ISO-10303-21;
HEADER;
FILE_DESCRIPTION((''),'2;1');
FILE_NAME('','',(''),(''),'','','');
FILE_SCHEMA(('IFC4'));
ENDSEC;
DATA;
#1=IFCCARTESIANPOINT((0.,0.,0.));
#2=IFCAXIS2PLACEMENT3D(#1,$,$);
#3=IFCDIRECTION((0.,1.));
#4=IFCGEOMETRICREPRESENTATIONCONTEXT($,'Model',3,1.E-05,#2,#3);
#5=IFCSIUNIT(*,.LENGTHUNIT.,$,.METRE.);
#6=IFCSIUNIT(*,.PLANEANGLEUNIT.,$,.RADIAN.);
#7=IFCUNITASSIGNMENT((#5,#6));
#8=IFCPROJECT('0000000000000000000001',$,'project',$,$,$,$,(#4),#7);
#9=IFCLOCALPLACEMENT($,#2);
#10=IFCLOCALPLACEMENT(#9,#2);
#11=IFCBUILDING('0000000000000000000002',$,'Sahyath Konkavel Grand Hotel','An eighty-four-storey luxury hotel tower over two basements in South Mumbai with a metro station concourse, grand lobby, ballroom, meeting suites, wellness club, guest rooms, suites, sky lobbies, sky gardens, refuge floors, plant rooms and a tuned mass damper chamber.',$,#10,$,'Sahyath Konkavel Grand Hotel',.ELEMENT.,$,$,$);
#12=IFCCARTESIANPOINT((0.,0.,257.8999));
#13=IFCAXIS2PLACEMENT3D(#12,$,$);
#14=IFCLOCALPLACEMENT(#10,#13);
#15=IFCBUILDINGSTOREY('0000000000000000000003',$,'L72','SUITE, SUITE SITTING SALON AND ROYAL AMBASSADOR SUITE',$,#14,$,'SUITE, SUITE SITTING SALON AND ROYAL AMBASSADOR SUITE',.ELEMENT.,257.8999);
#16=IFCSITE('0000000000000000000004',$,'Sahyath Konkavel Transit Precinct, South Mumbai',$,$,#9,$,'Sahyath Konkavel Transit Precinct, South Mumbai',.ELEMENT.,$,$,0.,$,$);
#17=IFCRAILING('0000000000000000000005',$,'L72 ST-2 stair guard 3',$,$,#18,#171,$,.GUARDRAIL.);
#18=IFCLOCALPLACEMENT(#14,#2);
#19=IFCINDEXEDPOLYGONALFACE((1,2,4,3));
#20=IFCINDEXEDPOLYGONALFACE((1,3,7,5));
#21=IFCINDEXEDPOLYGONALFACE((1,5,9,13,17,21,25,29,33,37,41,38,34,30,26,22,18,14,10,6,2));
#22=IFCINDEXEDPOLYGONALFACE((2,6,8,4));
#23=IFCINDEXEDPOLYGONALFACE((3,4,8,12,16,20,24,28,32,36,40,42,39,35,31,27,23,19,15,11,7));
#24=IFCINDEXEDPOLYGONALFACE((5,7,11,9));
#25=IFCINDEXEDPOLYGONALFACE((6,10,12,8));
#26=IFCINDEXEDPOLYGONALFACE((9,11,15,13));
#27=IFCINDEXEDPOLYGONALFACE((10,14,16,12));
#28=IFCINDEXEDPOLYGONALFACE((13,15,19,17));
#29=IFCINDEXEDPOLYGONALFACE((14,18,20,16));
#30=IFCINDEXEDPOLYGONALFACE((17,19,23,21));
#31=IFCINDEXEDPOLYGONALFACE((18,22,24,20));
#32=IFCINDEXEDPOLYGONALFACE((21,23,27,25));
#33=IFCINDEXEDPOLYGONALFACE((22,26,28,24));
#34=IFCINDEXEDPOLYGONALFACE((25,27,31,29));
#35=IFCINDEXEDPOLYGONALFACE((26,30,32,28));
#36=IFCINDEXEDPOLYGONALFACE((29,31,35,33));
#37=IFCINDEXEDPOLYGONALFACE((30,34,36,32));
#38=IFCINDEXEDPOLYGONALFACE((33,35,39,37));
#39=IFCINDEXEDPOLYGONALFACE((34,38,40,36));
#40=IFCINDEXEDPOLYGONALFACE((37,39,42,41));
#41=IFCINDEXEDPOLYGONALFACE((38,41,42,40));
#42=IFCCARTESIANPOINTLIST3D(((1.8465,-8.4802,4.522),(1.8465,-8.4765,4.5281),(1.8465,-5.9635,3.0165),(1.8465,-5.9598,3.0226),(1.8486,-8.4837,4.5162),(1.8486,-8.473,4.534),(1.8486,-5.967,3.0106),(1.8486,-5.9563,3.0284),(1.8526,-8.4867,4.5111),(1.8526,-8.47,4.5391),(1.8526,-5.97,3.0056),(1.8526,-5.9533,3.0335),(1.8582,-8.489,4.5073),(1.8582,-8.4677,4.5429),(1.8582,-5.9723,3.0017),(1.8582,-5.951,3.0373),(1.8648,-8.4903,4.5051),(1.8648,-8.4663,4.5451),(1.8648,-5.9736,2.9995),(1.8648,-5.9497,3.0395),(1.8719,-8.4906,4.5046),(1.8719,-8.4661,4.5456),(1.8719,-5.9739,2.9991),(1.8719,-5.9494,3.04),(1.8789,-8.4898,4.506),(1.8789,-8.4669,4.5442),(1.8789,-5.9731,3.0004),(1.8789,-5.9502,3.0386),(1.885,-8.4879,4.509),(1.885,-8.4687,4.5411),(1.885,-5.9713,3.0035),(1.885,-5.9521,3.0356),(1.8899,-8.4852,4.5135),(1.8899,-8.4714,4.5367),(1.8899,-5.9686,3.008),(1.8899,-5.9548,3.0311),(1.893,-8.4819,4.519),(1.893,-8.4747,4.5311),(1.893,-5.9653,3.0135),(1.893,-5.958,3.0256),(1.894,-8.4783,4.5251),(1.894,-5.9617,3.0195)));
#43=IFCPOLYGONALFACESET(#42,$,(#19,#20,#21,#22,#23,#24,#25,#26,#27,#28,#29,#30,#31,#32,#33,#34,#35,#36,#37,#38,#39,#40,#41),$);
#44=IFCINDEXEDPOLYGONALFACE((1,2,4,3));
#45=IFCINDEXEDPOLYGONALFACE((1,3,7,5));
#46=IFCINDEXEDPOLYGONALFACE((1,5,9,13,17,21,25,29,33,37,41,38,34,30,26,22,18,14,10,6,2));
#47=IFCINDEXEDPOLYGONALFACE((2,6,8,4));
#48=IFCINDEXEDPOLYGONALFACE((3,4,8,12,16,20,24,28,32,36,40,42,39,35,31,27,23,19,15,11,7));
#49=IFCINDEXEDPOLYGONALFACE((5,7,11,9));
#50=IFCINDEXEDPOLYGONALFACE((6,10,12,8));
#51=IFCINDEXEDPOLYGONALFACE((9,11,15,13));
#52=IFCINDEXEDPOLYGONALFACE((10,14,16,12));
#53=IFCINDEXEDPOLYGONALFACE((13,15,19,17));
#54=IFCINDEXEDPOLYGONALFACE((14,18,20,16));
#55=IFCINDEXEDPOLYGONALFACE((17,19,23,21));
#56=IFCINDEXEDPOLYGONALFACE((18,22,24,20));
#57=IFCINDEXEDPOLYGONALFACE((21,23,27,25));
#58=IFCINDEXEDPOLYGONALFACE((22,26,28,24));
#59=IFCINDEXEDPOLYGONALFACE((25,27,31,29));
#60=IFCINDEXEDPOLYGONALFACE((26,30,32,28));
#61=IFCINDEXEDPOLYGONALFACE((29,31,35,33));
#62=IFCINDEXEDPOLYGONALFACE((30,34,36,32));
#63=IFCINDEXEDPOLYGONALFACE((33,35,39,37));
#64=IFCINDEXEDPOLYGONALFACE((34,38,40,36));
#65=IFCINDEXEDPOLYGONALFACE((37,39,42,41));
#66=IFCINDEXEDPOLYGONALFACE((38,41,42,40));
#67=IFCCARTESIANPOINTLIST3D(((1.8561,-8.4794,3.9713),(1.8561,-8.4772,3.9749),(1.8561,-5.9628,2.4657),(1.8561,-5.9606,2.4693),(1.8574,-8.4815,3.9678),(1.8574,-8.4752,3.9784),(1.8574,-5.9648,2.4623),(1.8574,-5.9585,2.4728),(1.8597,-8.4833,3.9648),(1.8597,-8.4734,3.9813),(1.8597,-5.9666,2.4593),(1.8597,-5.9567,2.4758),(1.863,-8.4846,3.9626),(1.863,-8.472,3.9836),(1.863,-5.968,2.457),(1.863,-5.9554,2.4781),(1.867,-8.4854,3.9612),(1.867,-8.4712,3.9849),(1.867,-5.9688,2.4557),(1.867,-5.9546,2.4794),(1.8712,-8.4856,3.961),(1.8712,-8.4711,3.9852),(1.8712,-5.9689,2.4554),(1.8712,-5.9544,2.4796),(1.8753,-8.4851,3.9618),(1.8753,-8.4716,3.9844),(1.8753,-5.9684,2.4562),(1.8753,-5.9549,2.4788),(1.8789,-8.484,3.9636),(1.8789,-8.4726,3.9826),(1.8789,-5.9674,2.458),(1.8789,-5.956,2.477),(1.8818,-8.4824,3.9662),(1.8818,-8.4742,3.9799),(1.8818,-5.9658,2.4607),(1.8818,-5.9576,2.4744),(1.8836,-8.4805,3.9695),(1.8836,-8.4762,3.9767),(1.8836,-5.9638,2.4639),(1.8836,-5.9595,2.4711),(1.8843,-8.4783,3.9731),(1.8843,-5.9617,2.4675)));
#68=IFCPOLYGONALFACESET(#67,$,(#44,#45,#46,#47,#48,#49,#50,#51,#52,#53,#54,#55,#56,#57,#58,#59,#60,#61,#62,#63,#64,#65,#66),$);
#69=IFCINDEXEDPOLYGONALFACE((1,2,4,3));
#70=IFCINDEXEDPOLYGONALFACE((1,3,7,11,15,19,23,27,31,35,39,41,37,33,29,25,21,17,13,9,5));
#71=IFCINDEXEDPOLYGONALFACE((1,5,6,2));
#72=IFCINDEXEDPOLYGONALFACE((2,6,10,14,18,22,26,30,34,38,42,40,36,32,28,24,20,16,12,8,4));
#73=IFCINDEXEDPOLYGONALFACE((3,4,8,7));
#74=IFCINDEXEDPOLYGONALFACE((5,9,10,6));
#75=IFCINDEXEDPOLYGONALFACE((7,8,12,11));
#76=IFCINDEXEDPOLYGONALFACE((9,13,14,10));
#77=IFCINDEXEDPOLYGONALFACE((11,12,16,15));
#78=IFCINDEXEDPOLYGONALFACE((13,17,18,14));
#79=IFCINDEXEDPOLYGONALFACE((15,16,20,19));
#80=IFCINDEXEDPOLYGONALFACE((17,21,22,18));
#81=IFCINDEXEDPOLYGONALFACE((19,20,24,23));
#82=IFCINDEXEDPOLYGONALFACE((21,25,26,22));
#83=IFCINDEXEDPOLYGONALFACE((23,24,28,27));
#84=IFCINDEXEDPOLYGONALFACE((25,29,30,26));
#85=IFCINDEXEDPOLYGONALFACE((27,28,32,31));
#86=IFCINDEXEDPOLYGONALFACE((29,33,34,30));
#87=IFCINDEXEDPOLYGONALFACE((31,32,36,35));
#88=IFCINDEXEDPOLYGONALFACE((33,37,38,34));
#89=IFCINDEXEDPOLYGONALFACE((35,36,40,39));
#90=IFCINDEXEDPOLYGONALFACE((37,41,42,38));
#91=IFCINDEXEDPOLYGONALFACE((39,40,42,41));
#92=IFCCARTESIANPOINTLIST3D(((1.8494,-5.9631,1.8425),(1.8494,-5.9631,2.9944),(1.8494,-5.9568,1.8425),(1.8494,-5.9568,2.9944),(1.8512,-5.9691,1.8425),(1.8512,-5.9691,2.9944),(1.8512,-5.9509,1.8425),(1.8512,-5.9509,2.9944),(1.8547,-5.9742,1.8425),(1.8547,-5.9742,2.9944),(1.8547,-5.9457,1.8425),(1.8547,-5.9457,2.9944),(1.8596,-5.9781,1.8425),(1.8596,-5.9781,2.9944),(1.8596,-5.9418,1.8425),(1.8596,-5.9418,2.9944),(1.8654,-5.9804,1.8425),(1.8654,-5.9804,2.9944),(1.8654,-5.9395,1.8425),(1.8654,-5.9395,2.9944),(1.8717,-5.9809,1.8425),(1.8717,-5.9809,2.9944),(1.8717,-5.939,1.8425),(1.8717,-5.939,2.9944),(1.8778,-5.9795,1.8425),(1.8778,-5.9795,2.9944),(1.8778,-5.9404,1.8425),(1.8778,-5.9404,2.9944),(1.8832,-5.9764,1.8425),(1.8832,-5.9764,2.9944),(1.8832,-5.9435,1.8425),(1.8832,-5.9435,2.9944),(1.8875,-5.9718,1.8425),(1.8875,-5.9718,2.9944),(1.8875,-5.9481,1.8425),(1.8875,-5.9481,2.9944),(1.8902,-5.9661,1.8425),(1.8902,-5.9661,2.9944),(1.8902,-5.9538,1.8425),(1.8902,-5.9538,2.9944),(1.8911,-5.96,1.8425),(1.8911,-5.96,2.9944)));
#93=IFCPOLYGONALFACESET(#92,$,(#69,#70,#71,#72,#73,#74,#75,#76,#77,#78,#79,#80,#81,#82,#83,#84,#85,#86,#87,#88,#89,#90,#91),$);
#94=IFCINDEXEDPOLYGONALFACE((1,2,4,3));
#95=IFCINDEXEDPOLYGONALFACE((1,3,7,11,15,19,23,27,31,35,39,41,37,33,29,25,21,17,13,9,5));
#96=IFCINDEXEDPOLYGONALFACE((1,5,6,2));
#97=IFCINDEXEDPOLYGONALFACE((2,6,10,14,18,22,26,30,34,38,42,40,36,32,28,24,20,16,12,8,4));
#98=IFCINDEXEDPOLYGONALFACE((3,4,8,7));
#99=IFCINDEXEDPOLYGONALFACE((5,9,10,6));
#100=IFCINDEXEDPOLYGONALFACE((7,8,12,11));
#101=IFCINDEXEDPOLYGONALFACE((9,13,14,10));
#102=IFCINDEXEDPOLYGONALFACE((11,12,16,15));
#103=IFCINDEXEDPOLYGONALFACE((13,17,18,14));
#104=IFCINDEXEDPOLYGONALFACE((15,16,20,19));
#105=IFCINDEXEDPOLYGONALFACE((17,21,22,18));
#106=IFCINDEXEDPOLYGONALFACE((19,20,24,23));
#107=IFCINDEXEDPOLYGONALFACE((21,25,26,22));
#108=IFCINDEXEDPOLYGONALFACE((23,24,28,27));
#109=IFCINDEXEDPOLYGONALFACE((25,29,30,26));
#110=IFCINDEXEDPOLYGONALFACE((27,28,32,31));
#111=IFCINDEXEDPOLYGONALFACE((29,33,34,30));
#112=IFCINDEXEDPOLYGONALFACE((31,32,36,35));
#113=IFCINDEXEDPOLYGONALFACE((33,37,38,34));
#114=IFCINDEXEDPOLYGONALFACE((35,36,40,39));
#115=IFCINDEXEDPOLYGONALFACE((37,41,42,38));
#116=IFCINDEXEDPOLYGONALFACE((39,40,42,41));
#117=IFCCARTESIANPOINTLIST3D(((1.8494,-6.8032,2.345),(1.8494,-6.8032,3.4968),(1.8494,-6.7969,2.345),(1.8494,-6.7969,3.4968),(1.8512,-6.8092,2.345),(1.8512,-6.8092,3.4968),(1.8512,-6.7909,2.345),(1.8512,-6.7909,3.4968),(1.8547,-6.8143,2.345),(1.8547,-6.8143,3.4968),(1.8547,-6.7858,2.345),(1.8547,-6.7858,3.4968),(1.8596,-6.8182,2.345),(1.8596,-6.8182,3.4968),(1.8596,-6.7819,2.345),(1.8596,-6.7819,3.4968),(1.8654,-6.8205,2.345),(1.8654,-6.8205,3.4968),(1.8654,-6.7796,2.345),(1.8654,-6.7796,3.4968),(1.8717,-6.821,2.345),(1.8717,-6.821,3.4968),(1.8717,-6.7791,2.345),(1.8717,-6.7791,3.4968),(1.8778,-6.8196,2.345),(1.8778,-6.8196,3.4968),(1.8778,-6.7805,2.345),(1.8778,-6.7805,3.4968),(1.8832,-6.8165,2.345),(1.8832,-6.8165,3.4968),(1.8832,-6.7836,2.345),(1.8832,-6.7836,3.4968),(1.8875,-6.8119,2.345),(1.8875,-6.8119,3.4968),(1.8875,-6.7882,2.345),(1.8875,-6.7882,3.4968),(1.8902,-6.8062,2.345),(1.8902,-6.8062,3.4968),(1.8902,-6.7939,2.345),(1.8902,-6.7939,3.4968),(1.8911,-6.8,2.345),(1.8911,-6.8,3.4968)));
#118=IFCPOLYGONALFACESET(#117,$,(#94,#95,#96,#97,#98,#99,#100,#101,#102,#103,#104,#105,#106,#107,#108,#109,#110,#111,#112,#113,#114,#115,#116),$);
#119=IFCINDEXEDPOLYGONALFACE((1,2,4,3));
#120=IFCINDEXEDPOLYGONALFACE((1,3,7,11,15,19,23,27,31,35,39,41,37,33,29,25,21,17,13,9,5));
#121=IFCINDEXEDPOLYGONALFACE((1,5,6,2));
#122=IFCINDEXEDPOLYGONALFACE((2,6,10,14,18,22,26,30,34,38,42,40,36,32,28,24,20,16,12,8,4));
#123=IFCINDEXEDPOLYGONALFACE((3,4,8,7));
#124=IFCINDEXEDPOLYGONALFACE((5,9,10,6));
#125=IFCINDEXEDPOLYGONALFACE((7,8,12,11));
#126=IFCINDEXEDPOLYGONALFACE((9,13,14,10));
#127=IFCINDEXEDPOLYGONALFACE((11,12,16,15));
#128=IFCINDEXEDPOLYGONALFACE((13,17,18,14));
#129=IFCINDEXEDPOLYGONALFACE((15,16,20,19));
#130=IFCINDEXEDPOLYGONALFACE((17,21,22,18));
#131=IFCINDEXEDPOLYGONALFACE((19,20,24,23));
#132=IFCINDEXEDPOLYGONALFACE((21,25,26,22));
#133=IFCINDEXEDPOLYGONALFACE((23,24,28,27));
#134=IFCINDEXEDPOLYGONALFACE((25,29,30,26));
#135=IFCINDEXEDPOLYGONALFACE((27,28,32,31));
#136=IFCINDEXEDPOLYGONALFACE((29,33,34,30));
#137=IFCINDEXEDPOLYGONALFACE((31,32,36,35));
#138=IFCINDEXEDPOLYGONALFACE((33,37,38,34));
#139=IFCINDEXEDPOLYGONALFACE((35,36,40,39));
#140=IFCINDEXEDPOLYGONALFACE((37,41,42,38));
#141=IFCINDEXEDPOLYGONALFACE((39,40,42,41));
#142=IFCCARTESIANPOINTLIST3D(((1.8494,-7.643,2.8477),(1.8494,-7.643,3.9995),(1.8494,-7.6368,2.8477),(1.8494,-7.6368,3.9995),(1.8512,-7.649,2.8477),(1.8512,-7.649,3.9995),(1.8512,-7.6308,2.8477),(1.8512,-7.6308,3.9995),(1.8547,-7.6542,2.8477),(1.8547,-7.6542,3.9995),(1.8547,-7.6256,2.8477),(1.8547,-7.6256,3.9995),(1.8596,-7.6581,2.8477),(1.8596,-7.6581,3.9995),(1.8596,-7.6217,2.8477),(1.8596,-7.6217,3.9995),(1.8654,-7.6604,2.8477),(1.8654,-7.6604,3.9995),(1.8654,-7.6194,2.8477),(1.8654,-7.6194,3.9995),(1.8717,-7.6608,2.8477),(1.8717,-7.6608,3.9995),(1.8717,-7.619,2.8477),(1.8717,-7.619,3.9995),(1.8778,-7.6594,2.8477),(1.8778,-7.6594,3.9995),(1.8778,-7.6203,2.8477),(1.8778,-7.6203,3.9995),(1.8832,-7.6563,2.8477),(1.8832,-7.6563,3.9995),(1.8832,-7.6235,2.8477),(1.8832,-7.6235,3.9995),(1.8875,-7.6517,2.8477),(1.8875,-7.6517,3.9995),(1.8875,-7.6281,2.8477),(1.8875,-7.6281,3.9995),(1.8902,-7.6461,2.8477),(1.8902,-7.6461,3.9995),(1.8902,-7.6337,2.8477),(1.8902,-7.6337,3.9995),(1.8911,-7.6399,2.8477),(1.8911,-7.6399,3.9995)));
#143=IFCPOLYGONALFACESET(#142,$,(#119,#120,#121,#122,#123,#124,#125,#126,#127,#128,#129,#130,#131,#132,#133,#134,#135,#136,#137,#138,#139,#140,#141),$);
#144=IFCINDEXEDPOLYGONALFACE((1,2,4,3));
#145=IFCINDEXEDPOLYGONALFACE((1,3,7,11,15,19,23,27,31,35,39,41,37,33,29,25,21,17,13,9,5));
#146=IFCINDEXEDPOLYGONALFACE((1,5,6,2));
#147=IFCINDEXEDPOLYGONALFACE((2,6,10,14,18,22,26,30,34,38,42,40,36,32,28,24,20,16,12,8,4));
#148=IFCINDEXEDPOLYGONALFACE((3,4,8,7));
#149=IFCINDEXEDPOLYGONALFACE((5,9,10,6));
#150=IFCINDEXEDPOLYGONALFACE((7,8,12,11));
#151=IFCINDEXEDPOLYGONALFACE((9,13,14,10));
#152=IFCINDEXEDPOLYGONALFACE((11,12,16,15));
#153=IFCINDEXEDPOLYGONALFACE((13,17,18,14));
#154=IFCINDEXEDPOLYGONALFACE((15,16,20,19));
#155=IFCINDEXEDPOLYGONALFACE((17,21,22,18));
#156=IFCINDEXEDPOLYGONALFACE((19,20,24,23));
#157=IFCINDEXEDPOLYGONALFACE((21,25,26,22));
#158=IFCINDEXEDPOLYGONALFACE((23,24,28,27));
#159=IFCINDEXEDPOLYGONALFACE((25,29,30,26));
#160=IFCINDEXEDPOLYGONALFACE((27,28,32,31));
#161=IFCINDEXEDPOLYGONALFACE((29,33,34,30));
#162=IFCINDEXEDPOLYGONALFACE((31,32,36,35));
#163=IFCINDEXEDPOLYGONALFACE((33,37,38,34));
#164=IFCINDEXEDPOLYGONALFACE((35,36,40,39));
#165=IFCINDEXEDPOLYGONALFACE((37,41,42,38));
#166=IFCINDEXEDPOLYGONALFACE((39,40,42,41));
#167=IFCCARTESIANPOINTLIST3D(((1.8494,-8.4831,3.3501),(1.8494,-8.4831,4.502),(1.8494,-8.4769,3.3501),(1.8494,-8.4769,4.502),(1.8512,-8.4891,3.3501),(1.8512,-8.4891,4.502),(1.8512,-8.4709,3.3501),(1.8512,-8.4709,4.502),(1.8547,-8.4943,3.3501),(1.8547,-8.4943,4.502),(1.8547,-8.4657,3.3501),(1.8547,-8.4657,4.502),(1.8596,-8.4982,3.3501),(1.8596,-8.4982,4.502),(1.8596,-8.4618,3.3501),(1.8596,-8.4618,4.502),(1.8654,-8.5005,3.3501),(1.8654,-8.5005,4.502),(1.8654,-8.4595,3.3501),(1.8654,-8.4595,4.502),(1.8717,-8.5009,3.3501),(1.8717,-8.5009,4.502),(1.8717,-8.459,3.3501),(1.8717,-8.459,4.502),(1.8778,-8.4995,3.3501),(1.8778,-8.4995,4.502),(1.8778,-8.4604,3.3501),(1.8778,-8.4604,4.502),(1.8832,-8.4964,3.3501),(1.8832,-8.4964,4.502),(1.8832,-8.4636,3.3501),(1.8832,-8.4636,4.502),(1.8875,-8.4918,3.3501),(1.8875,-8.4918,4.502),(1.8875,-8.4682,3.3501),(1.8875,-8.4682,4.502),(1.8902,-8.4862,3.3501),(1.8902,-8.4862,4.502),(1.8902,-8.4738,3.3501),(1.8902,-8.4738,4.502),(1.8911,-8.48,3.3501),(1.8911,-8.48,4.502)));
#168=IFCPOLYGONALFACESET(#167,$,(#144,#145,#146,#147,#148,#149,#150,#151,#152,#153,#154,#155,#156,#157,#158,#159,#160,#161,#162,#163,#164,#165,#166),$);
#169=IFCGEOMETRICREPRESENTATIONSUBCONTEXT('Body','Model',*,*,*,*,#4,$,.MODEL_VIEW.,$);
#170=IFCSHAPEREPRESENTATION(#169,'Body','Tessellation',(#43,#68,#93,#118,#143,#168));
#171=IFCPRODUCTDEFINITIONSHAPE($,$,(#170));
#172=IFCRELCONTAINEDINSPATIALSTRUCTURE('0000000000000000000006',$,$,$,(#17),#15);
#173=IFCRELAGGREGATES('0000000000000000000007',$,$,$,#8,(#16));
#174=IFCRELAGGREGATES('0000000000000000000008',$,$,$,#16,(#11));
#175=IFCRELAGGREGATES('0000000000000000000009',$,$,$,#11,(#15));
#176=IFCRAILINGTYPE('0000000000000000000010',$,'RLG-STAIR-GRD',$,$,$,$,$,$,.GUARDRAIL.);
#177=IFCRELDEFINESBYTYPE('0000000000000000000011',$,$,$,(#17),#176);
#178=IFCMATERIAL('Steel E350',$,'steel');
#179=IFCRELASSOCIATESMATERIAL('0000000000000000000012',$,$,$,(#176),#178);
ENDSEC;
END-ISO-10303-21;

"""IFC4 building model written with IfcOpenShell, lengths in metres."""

from ifc_helpers import new_model, si_unit, direction, frame, origin, origin_2d, place, context, subcontext, project, spatial, circle, extrude, material, type_object, element, save


model = new_model("IFC4")

# Units and contexts
model_context = context("Model", 3, precision=1e-05, world=origin(), true_north=direction((0.0, 1.0)))
body_context = subcontext(model_context, "Body", "Model", "MODEL_VIEW")
ifc_project = project(units=[si_unit("LENGTHUNIT", "METRE"), si_unit("PLANEANGLEUNIT", "RADIAN")], contexts=[model_context])

# Site, building, storey
site_placement = place(None, origin())
site = spatial("IfcSite", under=ifc_project, at=site_placement, Name="Sahyath Konkavel Transit Precinct, South Mumbai", LongName="Sahyath Konkavel Transit Precinct, South Mumbai", CompositionType="ELEMENT", RefElevation=0.0)
building_placement = place(site_placement, origin())
building = spatial("IfcBuilding", under=site, at=building_placement, Name="Sahyath Konkavel Grand Hotel", Description="An eighty-four-storey luxury hotel tower over two basements in South Mumbai with a metro station concourse, grand lobby, ballroom, meeting suites, wellness club, guest rooms, suites, sky lobbies, sky gardens, refuge floors, plant rooms and a tuned mass damper chamber.", LongName="Sahyath Konkavel Grand Hotel", CompositionType="ELEMENT")
storey_placement = place(building_placement, frame((0.0, 0.0, 257.8999)))
storey = spatial("IfcBuildingStorey", under=building, at=storey_placement, Name="L72", Description="SUITE, SUITE SITTING SALON AND ROYAL AMBASSADOR SUITE", LongName="SUITE, SUITE SITTING SALON AND ROYAL AMBASSADOR SUITE", CompositionType="ELEMENT", Elevation=257.8999)

# Shared definitions
ifc_material_1 = material(Name="Steel E350", Category="steel")

# Railing
railing_type_1 = type_object("IfcRailingType", Name="RLG-STAIR-GRD", PredefinedType="GUARDRAIL", material=ifc_material_1)
railing_1_placement = place(storey_placement, frame((1.8701, -5.96, 1.8425)))
element("IfcRailing", 1, at=railing_1_placement, inside=storey, type_object=railing_type_1, Name="L72 ST-2 stair guard 3", PredefinedType="GUARDRAIL", context=body_context, shape_type="SweptSolid", body=[
    extrude(circle(Radius=0.0239, at=origin_2d()), frame((0.0, -0.0017, 1.177), z_axis=(0.0, -0.85816, 0.513383), x_axis=(1.0, 0.0, 0.0)), (0.0, 0.0, 1.0), 2.9326),
    extrude(circle(Radius=0.0142, at=origin_2d()), frame((0.0, -0.0017, 0.625), z_axis=(0.0, -0.85816, 0.513383), x_axis=(1.0, 0.0, 0.0)), (0.0, 0.0, 1.0), 2.9326),
    extrude(circle(Radius=0.021, at=origin_2d()), origin(), (0.0, 0.0, 1.0), 1.1519),
    extrude(circle(Radius=0.021, at=origin_2d()), frame((0.0, -0.8401, 0.5024)), (0.0, 0.0, 1.0), 1.1519),
    extrude(circle(Radius=0.021, at=origin_2d()), frame((0.0, -1.6799, 1.0051)), (0.0, 0.0, 1.0), 1.1519),
    extrude(circle(Radius=0.021, at=origin_2d()), frame((0.0, -2.52, 1.5076)), (0.0, 0.0, 1.0), 1.1519),
])

save(model, "model.ifc")
